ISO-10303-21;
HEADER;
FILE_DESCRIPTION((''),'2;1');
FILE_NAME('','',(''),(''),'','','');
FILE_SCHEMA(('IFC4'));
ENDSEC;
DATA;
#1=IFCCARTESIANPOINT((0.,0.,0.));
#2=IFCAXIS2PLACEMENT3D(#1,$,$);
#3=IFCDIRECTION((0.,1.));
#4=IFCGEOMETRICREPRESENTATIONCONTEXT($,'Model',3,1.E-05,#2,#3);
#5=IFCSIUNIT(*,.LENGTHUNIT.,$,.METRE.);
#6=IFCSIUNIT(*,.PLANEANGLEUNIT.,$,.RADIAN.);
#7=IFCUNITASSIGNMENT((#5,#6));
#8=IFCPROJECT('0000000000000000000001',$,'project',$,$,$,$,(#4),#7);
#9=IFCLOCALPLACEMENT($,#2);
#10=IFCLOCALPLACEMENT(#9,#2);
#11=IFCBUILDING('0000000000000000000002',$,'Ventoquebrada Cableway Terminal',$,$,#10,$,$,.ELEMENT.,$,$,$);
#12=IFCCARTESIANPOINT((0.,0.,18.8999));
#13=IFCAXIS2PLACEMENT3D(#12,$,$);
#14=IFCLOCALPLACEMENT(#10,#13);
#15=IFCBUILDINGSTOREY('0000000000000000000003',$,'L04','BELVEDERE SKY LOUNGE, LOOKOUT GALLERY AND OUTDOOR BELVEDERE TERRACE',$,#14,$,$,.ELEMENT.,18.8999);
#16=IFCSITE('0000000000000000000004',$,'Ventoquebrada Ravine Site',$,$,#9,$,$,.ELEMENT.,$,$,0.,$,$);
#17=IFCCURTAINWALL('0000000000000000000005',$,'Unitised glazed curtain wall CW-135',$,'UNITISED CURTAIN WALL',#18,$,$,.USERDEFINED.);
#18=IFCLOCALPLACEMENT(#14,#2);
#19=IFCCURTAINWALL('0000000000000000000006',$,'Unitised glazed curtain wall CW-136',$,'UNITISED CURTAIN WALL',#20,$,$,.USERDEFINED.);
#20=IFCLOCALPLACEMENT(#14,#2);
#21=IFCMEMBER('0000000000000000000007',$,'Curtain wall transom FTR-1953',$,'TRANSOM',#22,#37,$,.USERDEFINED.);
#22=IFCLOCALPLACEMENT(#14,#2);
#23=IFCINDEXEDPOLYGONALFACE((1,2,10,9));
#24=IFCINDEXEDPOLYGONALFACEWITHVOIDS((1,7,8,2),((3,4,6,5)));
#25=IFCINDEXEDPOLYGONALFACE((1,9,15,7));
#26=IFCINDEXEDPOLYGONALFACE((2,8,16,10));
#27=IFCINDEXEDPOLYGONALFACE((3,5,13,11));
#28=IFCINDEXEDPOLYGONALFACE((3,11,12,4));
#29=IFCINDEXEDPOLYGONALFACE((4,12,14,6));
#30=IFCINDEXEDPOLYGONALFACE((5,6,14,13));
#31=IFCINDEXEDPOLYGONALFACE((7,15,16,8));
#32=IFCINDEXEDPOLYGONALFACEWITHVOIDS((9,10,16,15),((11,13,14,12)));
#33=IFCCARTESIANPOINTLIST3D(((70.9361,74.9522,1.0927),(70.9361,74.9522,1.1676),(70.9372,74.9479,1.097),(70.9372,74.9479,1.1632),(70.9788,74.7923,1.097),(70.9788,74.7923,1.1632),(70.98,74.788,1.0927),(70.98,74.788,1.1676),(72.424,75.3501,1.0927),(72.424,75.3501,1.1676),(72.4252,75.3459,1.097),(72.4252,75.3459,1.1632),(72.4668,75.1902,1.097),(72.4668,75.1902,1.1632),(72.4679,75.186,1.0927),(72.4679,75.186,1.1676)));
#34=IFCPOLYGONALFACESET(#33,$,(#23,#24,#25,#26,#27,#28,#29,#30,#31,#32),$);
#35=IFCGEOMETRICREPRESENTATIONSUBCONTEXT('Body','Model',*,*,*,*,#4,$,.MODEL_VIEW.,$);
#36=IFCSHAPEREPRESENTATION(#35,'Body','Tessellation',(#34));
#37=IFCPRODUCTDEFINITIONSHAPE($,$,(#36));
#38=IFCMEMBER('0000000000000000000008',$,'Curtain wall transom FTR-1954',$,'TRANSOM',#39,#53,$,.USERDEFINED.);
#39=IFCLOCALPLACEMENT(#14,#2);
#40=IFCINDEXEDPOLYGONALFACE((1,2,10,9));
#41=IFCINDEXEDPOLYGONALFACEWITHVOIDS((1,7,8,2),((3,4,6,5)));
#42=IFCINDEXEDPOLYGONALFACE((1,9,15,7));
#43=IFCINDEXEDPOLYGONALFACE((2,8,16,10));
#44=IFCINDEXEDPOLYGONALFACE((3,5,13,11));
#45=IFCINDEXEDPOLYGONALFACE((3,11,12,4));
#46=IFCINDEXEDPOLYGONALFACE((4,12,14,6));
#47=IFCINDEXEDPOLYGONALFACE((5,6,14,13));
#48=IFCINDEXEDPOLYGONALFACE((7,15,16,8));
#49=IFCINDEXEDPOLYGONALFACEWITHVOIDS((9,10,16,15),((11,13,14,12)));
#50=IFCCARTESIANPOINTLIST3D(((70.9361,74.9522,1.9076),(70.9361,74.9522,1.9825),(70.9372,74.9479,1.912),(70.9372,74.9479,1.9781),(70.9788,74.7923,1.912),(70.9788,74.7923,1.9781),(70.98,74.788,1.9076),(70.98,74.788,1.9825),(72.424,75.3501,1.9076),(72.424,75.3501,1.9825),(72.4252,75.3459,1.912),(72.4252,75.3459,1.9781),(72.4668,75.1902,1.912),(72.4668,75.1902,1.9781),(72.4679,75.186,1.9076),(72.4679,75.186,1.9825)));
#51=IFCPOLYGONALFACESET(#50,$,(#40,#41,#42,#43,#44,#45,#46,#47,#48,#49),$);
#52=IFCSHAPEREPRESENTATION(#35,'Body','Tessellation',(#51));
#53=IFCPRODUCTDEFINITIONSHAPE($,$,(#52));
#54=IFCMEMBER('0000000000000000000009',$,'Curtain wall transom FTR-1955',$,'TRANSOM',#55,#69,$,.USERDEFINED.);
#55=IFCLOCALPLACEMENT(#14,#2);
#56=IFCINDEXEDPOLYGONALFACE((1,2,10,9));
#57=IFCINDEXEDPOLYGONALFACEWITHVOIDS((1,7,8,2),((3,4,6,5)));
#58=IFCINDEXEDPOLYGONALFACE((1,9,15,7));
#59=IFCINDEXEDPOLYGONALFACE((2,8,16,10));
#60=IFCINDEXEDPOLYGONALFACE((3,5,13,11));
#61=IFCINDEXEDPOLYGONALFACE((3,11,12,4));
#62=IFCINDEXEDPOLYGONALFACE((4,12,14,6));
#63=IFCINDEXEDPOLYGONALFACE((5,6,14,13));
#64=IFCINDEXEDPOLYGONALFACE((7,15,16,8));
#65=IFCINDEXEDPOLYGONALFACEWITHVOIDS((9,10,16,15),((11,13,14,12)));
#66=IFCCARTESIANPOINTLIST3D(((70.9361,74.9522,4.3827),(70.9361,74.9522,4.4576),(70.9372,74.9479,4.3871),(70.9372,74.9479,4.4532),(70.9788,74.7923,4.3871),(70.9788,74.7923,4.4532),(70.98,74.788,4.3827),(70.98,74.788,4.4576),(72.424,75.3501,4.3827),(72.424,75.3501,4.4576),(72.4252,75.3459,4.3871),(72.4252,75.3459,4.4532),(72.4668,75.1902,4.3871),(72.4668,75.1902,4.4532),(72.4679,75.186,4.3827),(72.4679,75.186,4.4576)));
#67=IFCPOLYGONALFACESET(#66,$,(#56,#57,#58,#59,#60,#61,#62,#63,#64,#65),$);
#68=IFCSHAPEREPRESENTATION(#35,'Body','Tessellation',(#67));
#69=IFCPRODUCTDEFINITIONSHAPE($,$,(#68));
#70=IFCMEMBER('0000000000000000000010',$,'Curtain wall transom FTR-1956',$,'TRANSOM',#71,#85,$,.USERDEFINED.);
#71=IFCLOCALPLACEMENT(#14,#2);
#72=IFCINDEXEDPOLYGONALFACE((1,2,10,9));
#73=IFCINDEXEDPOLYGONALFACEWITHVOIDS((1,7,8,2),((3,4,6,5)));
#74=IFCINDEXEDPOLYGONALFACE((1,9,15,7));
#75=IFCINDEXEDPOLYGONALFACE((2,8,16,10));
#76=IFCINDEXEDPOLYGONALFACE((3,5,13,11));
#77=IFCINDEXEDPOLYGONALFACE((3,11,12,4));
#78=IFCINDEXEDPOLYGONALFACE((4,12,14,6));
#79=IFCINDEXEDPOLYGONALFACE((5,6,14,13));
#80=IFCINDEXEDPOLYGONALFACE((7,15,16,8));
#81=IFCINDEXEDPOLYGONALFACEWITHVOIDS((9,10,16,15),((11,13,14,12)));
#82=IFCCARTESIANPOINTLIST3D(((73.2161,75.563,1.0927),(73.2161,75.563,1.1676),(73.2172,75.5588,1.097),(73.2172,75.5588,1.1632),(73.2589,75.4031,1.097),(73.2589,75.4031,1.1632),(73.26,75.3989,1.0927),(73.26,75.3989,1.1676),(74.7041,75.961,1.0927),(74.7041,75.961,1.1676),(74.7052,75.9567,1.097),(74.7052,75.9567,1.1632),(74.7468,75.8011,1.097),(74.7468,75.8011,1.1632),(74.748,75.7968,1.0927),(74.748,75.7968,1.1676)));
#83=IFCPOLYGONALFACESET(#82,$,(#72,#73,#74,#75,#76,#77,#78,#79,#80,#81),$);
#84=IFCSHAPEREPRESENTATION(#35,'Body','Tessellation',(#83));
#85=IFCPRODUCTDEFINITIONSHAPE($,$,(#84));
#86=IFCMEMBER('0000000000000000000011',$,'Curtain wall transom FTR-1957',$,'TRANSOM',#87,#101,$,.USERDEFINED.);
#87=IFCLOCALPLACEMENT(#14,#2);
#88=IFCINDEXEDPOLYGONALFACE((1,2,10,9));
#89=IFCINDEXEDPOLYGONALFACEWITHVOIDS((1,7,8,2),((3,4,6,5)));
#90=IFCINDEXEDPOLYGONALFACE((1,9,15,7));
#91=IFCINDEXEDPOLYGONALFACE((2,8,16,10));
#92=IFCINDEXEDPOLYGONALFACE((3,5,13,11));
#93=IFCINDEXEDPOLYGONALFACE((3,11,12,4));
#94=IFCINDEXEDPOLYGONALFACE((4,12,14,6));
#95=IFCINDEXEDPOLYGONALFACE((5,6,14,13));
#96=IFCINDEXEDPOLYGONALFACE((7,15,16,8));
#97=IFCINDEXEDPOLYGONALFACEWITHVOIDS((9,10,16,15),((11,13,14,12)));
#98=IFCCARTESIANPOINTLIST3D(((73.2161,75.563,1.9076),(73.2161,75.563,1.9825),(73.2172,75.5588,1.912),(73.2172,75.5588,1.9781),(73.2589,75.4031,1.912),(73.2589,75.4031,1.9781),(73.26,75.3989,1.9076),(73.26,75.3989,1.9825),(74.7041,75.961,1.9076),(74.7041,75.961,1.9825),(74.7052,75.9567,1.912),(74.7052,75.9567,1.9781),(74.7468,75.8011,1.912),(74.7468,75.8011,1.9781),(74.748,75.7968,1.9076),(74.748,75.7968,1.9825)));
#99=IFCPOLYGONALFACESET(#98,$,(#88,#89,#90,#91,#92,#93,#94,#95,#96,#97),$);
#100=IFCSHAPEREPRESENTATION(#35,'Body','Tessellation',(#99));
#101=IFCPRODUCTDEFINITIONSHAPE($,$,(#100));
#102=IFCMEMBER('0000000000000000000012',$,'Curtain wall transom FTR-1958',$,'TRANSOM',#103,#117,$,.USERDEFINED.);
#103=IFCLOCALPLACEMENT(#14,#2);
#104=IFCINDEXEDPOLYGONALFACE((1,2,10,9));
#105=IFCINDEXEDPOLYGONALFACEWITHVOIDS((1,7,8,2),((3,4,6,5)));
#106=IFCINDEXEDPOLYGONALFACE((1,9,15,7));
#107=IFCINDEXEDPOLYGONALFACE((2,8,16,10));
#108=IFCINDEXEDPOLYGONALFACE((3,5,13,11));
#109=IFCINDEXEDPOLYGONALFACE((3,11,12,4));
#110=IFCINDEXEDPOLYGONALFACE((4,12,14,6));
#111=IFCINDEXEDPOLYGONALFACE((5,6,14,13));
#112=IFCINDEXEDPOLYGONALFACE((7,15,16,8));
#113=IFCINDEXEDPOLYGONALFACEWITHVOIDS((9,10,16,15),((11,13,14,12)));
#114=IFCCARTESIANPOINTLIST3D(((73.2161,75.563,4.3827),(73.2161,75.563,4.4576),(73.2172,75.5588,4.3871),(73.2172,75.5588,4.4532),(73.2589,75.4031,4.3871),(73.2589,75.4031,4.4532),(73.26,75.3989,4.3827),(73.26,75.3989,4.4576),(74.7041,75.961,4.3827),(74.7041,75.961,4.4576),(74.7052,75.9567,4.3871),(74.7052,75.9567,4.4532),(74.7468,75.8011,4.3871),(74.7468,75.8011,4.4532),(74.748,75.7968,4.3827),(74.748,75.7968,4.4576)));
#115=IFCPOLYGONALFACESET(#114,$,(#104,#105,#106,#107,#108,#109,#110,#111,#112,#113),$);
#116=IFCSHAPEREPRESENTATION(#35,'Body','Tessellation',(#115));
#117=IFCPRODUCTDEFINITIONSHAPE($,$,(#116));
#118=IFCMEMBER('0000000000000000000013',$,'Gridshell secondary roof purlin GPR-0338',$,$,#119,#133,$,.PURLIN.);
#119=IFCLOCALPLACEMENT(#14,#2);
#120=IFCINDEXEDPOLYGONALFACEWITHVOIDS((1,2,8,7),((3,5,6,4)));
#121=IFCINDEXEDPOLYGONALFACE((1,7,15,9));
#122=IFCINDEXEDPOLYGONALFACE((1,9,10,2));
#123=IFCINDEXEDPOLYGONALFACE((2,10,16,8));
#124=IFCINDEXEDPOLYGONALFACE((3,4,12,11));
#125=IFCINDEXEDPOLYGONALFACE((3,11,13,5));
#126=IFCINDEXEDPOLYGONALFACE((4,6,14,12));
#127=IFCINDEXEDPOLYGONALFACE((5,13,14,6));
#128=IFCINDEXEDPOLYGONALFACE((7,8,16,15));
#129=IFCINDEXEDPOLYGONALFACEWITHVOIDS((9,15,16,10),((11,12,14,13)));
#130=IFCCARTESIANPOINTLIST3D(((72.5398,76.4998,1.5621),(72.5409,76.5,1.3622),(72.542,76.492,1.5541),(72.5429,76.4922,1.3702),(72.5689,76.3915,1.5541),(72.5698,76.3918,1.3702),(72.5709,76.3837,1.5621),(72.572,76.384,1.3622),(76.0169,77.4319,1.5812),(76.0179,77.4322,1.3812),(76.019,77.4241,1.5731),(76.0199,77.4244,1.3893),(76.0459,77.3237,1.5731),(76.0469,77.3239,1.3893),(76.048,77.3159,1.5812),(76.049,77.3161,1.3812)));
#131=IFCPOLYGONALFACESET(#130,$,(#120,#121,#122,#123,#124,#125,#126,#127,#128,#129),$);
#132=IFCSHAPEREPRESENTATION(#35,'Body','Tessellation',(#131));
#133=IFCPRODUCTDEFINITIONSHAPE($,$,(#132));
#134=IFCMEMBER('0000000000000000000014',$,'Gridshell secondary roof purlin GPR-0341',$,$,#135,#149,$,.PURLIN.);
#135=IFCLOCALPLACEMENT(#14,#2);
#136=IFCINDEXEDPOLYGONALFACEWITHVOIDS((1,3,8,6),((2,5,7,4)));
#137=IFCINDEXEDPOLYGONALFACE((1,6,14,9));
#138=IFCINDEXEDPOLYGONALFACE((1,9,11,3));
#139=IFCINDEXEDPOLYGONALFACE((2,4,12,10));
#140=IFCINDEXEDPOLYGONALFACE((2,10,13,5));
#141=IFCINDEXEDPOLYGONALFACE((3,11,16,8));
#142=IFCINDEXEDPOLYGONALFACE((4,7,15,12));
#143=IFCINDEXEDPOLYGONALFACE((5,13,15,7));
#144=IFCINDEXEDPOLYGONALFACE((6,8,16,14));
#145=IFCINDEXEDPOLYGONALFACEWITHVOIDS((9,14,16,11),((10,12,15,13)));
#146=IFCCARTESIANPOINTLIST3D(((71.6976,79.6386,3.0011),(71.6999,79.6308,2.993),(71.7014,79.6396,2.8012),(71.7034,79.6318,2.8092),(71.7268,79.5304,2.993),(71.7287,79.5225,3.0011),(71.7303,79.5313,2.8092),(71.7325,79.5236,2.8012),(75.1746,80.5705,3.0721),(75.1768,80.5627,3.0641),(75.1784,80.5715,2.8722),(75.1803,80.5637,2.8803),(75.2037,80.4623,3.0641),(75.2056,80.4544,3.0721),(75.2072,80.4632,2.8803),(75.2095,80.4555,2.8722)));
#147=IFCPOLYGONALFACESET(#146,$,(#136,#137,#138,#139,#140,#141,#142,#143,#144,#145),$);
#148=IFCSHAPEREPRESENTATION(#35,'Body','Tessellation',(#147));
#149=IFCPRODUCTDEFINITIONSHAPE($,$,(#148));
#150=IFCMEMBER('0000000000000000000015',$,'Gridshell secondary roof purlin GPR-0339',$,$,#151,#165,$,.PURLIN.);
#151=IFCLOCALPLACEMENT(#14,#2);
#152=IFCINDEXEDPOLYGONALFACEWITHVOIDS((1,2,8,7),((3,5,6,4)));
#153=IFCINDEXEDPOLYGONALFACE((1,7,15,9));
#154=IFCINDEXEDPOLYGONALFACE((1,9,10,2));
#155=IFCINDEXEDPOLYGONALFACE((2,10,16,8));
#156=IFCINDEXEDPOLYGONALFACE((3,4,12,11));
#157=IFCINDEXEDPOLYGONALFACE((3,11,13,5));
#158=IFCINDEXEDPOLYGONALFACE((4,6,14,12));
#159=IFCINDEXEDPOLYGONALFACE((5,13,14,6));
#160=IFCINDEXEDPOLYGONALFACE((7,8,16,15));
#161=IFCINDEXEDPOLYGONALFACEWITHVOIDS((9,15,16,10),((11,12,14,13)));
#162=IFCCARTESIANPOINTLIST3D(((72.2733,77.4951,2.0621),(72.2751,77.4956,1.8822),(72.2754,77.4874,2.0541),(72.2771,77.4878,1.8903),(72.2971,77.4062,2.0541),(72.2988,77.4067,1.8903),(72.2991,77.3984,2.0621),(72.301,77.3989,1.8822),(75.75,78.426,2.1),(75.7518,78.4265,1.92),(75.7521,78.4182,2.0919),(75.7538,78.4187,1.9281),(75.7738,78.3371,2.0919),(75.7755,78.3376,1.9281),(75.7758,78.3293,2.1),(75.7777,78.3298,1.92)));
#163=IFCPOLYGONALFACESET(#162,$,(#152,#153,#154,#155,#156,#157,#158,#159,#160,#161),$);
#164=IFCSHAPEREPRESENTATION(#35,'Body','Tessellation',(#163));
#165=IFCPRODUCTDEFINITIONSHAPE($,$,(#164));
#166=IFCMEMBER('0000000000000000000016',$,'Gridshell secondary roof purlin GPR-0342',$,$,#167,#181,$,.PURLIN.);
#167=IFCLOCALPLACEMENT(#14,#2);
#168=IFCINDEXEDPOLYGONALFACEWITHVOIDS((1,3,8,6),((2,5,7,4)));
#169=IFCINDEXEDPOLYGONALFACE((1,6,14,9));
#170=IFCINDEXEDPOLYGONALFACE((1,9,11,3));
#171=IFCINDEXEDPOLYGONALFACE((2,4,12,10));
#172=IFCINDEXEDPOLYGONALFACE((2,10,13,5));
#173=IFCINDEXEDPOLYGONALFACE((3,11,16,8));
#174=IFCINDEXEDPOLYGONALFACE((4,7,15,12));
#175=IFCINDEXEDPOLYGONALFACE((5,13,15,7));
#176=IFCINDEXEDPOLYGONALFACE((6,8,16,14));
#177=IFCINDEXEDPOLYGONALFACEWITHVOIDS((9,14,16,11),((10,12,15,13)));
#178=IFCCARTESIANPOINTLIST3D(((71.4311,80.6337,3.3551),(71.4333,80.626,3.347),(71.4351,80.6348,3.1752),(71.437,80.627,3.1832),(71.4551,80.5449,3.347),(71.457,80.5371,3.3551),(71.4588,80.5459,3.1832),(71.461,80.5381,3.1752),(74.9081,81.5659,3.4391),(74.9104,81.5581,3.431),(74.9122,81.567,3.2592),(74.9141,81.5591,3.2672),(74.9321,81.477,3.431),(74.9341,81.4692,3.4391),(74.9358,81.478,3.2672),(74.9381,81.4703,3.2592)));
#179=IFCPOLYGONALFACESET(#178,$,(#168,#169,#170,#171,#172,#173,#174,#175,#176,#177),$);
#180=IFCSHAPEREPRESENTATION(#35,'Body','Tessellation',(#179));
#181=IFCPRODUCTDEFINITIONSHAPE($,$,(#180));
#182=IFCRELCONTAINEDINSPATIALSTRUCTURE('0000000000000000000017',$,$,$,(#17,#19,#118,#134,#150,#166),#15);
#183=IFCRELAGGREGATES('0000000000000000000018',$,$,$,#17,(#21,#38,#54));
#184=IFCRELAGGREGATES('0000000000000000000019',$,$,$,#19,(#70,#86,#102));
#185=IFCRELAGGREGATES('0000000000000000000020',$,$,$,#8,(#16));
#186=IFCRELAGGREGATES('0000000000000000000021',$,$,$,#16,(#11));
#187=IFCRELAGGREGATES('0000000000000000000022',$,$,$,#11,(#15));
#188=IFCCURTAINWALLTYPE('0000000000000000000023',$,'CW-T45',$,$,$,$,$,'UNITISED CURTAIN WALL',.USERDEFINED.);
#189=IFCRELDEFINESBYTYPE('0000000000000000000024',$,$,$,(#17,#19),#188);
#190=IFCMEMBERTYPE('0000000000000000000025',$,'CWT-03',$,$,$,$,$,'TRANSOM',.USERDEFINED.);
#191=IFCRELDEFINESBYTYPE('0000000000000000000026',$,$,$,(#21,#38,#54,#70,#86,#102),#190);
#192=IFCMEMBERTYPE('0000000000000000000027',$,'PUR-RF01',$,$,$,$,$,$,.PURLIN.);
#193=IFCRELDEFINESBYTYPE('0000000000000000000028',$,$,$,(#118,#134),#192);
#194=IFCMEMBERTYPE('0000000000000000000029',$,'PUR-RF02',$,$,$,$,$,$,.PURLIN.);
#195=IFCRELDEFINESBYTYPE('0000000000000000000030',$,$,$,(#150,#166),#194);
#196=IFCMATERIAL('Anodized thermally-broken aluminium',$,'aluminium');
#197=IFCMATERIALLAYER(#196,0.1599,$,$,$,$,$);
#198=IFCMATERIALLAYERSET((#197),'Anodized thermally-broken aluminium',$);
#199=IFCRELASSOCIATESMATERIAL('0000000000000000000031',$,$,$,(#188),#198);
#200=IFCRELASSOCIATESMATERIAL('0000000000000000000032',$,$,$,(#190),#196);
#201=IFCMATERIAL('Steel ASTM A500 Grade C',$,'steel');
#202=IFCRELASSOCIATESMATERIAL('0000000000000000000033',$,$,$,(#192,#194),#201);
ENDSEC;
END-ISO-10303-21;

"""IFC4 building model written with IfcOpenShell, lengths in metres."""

from ifc_helpers import new_model, si_unit, direction, frame, origin, origin_2d, place, context, subcontext, project, spatial, hollow_rectangle, extrude, material, layer, layer_set, material_profile, profile_set, type_object, element, aggregate, save


model = new_model("IFC4")

# Units and contexts
model_context = context("Model", 3, precision=1e-05, world=origin(), true_north=direction((0.0, 1.0)))
body_context = subcontext(model_context, "Body", "Model", "MODEL_VIEW")
ifc_project = project(units=[si_unit("LENGTHUNIT", "METRE"), si_unit("PLANEANGLEUNIT", "RADIAN")], contexts=[model_context])

# Site, building, storey
site_placement = place(None, origin())
site = spatial("IfcSite", under=ifc_project, at=site_placement, Name="Ventoquebrada Ravine Site", CompositionType="ELEMENT", RefElevation=0.0)
building_placement = place(site_placement, origin())
building = spatial("IfcBuilding", under=site, at=building_placement, Name="Ventoquebrada Cableway Terminal", CompositionType="ELEMENT")
storey_placement = place(building_placement, frame((0.0, 0.0, 18.8999)))
storey = spatial("IfcBuildingStorey", under=building, at=storey_placement, Name="L04", Description="BELVEDERE SKY LOUNGE, LOOKOUT GALLERY AND OUTDOOR BELVEDERE TERRACE", CompositionType="ELEMENT", Elevation=18.8999)

# Shared definitions
ifc_material_1 = material(Name="Steel ASTM A500 Grade C", Category="steel")

# Curtain wall
ifc_material_2 = material(Name="Anodized thermally-broken aluminium", Category="aluminium")
ifc_layer_1 = layer(ifc_material_2, 0.1599)
ifc_layer_set_1 = layer_set([ifc_layer_1], Name="Anodized thermally-broken aluminium")
curtain_wall_type = type_object("IfcCurtainWallType", Name="CW-T45", ElementType="UNITISED CURTAIN WALL", PredefinedType="USERDEFINED", material=ifc_layer_set_1)
curtain_wall_1_placement = place(storey_placement, origin())
curtain_wall_1 = element("IfcCurtainWall", 1, at=curtain_wall_1_placement, inside=storey, type_object=curtain_wall_type, Name="Unitised glazed curtain wall CW-135", ObjectType="UNITISED CURTAIN WALL", PredefinedType="USERDEFINED")

# Curtain wall
curtain_wall_2_placement = place(storey_placement, origin())
curtain_wall_2 = element("IfcCurtainWall", 2, at=curtain_wall_2_placement, inside=storey, type_object=curtain_wall_type, Name="Unitised glazed curtain wall CW-136", ObjectType="UNITISED CURTAIN WALL", PredefinedType="USERDEFINED")

# Members
ifc_material_profile_1 = material_profile(ifc_material_2, hollow_rectangle(XDim=0.075, YDim=0.1699, WallThickness=0.0044, at=origin_2d()), Name="CW-TRN-75X170")
ifc_profile_set_1 = profile_set([ifc_material_profile_1], Name="Anodized thermally-broken aluminium")
member_type_1 = type_object("IfcMemberType", Name="CWT-03", ElementType="TRANSOM", PredefinedType="USERDEFINED", material=ifc_profile_set_1)
member_1_placement = place(storey_placement, frame((70.958, 74.8701, 1.1301), z_axis=(0.966051, 0.258353, 0.0), x_axis=(0.0, 0.0, 1.0)))
member_1 = element("IfcMember", 3, at=member_1_placement, type_object=member_type_1, Name="Curtain wall transom FTR-1953", ObjectType="TRANSOM", PredefinedType="USERDEFINED", context=body_context, shape_type="SweptSolid", body=[
    extrude(hollow_rectangle(XDim=0.075, YDim=0.1699, WallThickness=0.0044, at=origin_2d()), origin(), (0.0, 0.0, 1.0), 1.5403),
])
member_2_placement = place(storey_placement, frame((70.958, 74.8701, 1.9451), z_axis=(0.966051, 0.258353, 0.0), x_axis=(0.0, 0.0, 1.0)))
member_2 = element("IfcMember", 4, at=member_2_placement, type_object=member_type_1, Name="Curtain wall transom FTR-1954", ObjectType="TRANSOM", PredefinedType="USERDEFINED", context=body_context, shape_type="SweptSolid", body=[
    extrude(hollow_rectangle(XDim=0.075, YDim=0.1699, WallThickness=0.0044, at=origin_2d()), origin(), (0.0, 0.0, 1.0), 1.5403),
])
member_3_placement = place(storey_placement, frame((70.958, 74.8701, 4.4202), z_axis=(0.966051, 0.258353, 0.0), x_axis=(0.0, 0.0, 1.0)))
member_3 = element("IfcMember", 5, at=member_3_placement, type_object=member_type_1, Name="Curtain wall transom FTR-1955", ObjectType="TRANSOM", PredefinedType="USERDEFINED", context=body_context, shape_type="SweptSolid", body=[
    extrude(hollow_rectangle(XDim=0.075, YDim=0.1699, WallThickness=0.0044, at=origin_2d()), origin(), (0.0, 0.0, 1.0), 1.5403),
])
member_4_placement = place(storey_placement, frame((73.238, 75.481, 1.1301), z_axis=(0.966051, 0.258353, 0.0), x_axis=(0.0, 0.0, 1.0)))
member_4 = element("IfcMember", 6, at=member_4_placement, type_object=member_type_1, Name="Curtain wall transom FTR-1956", ObjectType="TRANSOM", PredefinedType="USERDEFINED", context=body_context, shape_type="SweptSolid", body=[
    extrude(hollow_rectangle(XDim=0.075, YDim=0.1699, WallThickness=0.0044, at=origin_2d()), origin(), (0.0, 0.0, 1.0), 1.5403),
])
member_5_placement = place(storey_placement, frame((73.238, 75.481, 1.9451), z_axis=(0.966051, 0.258353, 0.0), x_axis=(0.0, 0.0, 1.0)))
member_5 = element("IfcMember", 7, at=member_5_placement, type_object=member_type_1, Name="Curtain wall transom FTR-1957", ObjectType="TRANSOM", PredefinedType="USERDEFINED", context=body_context, shape_type="SweptSolid", body=[
    extrude(hollow_rectangle(XDim=0.075, YDim=0.1699, WallThickness=0.0044, at=origin_2d()), origin(), (0.0, 0.0, 1.0), 1.5403),
])
member_6_placement = place(storey_placement, frame((73.238, 75.481, 4.4202), z_axis=(0.966051, 0.258353, 0.0), x_axis=(0.0, 0.0, 1.0)))
member_6 = element("IfcMember", 8, at=member_6_placement, type_object=member_type_1, Name="Curtain wall transom FTR-1958", ObjectType="TRANSOM", PredefinedType="USERDEFINED", context=body_context, shape_type="SweptSolid", body=[
    extrude(hollow_rectangle(XDim=0.075, YDim=0.1699, WallThickness=0.0044, at=origin_2d()), origin(), (0.0, 0.0, 1.0), 1.5403),
])

# Members
ifc_material_profile_2 = material_profile(ifc_material_1, hollow_rectangle(XDim=0.1201, YDim=0.2, WallThickness=0.0081, at=origin_2d()), Name="RHS200X120X8")
ifc_profile_set_2 = profile_set([ifc_material_profile_2], Name="Steel ASTM A500 Grade C")
member_type_2 = type_object("IfcMemberType", Name="PUR-RF01", PredefinedType="PURLIN", material=ifc_profile_set_2)
member_7_placement = place(storey_placement, frame((72.5559, 76.4419, 1.4622), z_axis=(0.965881, 0.258934, 0.00529), x_axis=(-0.258937, 0.965894, 0.0)))
element("IfcMember", 9, at=member_7_placement, inside=storey, type_object=member_type_2, Name="Gridshell secondary roof purlin GPR-0338", PredefinedType="PURLIN", context=body_context, shape_type="SweptSolid", body=[
    extrude(hollow_rectangle(XDim=0.1201, YDim=0.2, WallThickness=0.0081, at=origin_2d()), origin(), (0.0, 0.0, 1.0), 3.5999),
])
member_8_placement = place(storey_placement, frame((71.7151, 79.5811, 2.9011), z_axis=(0.965718, 0.25884, 0.019733), x_axis=(-0.258891, 0.965907, 0.0)))
element("IfcMember", 10, at=member_8_placement, inside=storey, type_object=member_type_2, Name="Gridshell secondary roof purlin GPR-0341", PredefinedType="PURLIN", context=body_context, shape_type="SweptSolid", body=[
    extrude(hollow_rectangle(XDim=0.1201, YDim=0.2, WallThickness=0.0081, at=origin_2d()), origin(), (0.0, 0.0, 1.0), 3.6003),
])
ifc_material_profile_3 = material_profile(ifc_material_1, hollow_rectangle(XDim=0.1001, YDim=0.1799, WallThickness=0.0081, at=origin_2d()), Name="RHS180X100X8")
ifc_profile_set_3 = profile_set([ifc_material_profile_3], Name="Steel ASTM A500 Grade C")
member_type_3 = type_object("IfcMemberType", Name="PUR-RF02", PredefinedType="PURLIN", material=ifc_profile_set_3)
member_9_placement = place(storey_placement, frame((72.2871, 77.447, 1.9722), z_axis=(0.965921, 0.258623, 0.010513), x_axis=(-0.258638, 0.965974, 0.0)))
element("IfcMember", 11, at=member_9_placement, inside=storey, type_object=member_type_3, Name="Gridshell secondary roof purlin GPR-0339", PredefinedType="PURLIN", context=body_context, shape_type="SweptSolid", body=[
    extrude(hollow_rectangle(XDim=0.1001, YDim=0.1799, WallThickness=0.0081, at=origin_2d()), origin(), (0.0, 0.0, 1.0), 3.5994),
])
member_10_placement = place(storey_placement, frame((71.446, 80.5859, 3.2651), z_axis=(0.965631, 0.258867, 0.023324), x_axis=(-0.258937, 0.965894, 0.0)))
element("IfcMember", 12, at=member_10_placement, inside=storey, type_object=member_type_3, Name="Gridshell secondary roof purlin GPR-0342", PredefinedType="PURLIN", context=body_context, shape_type="SweptSolid", body=[
    extrude(hollow_rectangle(XDim=0.1001, YDim=0.1799, WallThickness=0.0081, at=origin_2d()), origin(), (0.0, 0.0, 1.0), 3.6008),
])

aggregate(curtain_wall_1, [member_1, member_2, member_3])
aggregate(curtain_wall_2, [member_4, member_5, member_6])

save(model, "model.ifc")
